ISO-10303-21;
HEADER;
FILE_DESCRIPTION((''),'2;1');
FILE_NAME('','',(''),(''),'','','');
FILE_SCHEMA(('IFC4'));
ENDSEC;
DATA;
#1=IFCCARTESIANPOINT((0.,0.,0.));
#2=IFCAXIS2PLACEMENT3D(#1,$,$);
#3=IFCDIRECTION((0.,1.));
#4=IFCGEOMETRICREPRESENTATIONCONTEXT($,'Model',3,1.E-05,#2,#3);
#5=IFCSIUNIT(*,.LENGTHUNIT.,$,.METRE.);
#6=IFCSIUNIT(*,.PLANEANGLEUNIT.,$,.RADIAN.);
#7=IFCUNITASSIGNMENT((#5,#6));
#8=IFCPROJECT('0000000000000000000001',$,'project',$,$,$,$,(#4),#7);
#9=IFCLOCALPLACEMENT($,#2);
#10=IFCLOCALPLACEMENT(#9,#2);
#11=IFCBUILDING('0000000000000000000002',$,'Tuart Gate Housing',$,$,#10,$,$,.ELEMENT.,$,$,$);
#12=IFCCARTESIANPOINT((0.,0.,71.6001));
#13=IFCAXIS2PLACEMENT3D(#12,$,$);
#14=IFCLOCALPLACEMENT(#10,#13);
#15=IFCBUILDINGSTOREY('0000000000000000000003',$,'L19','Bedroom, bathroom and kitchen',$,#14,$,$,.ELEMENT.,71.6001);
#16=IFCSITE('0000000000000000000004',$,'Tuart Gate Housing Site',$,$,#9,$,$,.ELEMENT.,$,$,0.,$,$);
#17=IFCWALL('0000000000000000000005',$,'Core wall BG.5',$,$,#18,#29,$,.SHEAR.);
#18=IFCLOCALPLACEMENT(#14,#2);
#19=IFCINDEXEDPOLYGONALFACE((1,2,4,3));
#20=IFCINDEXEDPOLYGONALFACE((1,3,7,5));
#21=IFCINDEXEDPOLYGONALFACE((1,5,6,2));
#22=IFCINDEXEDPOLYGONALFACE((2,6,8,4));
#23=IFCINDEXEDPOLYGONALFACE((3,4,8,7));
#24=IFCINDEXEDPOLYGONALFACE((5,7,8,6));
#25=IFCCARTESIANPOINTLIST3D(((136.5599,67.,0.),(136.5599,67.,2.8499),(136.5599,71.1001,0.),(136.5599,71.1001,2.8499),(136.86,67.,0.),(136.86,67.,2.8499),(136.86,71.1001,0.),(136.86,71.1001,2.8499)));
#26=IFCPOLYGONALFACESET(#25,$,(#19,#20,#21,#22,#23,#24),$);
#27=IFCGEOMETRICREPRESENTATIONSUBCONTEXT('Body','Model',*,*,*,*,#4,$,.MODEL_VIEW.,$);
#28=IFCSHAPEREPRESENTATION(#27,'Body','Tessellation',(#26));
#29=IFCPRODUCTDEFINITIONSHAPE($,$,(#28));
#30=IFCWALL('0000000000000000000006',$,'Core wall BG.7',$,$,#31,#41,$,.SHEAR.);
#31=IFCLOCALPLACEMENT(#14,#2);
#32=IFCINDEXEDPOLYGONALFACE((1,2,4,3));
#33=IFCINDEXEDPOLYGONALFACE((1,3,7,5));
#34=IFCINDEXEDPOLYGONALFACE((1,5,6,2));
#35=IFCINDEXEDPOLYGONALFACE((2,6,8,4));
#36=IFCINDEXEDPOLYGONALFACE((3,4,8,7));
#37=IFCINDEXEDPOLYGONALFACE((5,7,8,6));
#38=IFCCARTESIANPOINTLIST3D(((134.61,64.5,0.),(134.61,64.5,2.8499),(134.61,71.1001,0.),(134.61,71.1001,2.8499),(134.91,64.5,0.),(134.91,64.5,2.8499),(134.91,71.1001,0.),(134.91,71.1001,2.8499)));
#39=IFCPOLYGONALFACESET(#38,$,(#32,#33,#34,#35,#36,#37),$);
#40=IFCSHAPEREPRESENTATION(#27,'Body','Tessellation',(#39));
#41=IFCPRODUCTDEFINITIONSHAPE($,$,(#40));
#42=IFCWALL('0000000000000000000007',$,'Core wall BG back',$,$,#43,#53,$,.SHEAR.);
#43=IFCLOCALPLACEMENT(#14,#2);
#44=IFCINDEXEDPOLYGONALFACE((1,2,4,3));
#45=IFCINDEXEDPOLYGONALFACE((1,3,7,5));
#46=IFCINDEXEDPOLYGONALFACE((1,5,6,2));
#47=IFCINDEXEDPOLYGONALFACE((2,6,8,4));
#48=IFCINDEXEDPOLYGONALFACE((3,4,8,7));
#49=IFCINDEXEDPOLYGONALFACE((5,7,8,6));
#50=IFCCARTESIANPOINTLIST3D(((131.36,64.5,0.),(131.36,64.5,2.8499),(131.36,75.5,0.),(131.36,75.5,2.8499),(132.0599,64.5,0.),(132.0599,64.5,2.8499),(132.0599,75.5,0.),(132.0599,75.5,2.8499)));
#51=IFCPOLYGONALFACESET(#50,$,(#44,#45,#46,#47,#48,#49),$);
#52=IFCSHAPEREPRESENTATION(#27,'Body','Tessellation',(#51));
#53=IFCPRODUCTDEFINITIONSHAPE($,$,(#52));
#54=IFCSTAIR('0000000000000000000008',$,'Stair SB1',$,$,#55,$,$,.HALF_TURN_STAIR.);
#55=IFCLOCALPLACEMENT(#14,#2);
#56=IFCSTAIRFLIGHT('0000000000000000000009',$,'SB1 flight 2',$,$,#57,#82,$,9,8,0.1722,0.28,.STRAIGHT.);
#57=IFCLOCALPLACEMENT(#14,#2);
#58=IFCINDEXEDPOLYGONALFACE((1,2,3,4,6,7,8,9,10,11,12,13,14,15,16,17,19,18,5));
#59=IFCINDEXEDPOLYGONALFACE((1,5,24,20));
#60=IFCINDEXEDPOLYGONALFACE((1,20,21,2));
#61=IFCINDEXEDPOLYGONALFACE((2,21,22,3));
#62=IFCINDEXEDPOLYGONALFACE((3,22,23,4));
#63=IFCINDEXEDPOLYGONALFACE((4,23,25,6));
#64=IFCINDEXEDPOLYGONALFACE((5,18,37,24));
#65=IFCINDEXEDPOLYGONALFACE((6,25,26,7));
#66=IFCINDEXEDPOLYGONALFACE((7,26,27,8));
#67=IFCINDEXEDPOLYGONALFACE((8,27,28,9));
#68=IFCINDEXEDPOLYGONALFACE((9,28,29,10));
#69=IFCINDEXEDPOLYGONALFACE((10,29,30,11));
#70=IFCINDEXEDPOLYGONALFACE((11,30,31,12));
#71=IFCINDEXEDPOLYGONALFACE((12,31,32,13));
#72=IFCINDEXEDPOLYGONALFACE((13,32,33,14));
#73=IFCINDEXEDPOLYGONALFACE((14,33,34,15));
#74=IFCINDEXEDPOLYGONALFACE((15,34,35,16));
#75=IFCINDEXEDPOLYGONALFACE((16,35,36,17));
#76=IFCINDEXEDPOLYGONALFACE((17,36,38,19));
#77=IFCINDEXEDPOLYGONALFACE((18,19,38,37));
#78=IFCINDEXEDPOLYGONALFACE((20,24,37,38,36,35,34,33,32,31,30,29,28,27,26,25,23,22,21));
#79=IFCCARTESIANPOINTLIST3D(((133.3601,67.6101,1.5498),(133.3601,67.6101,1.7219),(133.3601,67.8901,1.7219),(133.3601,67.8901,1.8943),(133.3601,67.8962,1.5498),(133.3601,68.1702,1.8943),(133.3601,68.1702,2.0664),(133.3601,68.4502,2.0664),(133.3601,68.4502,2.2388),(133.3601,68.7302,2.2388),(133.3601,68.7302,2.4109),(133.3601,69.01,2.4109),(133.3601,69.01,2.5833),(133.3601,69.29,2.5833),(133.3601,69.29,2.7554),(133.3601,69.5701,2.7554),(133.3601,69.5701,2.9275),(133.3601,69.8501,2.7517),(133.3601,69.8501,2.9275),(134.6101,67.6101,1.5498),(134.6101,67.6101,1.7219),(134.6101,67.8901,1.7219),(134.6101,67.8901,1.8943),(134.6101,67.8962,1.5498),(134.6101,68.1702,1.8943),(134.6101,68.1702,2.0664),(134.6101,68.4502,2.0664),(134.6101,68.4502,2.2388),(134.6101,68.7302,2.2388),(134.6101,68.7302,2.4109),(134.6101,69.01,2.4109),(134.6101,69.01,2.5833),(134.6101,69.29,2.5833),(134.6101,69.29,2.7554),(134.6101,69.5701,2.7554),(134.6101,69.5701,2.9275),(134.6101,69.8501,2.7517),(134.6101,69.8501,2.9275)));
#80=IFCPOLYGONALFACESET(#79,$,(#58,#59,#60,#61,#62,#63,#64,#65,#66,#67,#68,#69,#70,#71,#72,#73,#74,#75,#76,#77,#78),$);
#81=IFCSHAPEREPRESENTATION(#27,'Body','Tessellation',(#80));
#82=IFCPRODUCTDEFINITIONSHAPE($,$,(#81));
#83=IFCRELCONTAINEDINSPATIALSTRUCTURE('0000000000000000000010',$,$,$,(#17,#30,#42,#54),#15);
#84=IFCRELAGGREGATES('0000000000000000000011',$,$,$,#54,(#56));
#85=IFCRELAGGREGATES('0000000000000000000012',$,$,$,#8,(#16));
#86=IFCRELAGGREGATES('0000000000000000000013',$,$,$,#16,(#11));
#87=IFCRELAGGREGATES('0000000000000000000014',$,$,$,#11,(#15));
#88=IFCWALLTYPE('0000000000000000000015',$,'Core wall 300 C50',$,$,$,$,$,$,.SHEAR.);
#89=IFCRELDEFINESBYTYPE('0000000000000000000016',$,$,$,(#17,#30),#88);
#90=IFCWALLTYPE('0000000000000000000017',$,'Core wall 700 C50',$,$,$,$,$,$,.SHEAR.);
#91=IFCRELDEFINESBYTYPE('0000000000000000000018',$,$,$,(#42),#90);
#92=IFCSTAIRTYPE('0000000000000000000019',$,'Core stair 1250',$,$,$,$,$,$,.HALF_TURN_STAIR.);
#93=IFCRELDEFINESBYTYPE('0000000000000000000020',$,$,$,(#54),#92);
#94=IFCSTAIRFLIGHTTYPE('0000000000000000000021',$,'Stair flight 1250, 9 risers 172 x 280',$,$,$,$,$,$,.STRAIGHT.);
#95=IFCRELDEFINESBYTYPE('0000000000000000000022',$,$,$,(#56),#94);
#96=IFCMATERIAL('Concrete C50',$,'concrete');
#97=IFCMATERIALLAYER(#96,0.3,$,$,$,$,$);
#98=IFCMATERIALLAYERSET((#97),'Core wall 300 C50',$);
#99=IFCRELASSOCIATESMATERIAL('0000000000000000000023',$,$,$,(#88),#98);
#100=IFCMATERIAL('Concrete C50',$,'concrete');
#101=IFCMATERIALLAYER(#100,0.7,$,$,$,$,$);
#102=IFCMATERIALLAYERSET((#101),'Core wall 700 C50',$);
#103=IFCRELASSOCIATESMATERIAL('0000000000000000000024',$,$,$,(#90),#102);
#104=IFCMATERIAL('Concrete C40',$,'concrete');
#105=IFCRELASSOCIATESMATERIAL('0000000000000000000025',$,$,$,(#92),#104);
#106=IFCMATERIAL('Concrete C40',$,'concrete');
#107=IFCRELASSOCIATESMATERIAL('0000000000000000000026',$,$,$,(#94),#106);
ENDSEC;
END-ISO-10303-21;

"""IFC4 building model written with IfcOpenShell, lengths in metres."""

from ifc_helpers import new_model, si_unit, direction, frame, frame_2d, origin, place, context, subcontext, project, spatial, polyline, rectangle, outline, extrude, material, layer, layer_set, type_object, element, aggregate, save


model = new_model("IFC4")

# Units and contexts
model_context = context("Model", 3, precision=1e-05, world=origin(), true_north=direction((0.0, 1.0)))
body_context = subcontext(model_context, "Body", "Model", "MODEL_VIEW")
ifc_project = project(units=[si_unit("LENGTHUNIT", "METRE"), si_unit("PLANEANGLEUNIT", "RADIAN")], contexts=[model_context])

# Site, building, storey
site_placement = place(None, origin())
site = spatial("IfcSite", under=ifc_project, at=site_placement, Name="Tuart Gate Housing Site", CompositionType="ELEMENT", RefElevation=0.0)
building_placement = place(site_placement, origin())
building = spatial("IfcBuilding", under=site, at=building_placement, Name="Tuart Gate Housing", CompositionType="ELEMENT")
storey_placement = place(building_placement, frame((0.0, 0.0, 71.6001)))
storey = spatial("IfcBuildingStorey", under=building, at=storey_placement, Name="L19", Description="Bedroom, bathroom and kitchen", CompositionType="ELEMENT", Elevation=71.6001)

# Walls
ifc_material_1 = material(Name="Concrete C50", Category="concrete")
ifc_layer_1 = layer(ifc_material_1, 0.3)
ifc_layer_set_1 = layer_set([ifc_layer_1], Name="Core wall 300 C50")
wall_type_1 = type_object("IfcWallType", Name="Core wall 300 C50", PredefinedType="SHEAR", material=ifc_layer_set_1)
wall_1_placement = place(storey_placement, frame((136.71, 67.0, 0.0), z_axis=(0.0, 0.0, 1.0), x_axis=(0.0, 1.0, 0.0)))
element("IfcWall", 1, at=wall_1_placement, inside=storey, type_object=wall_type_1, Name="Core wall BG.5", PredefinedType="SHEAR", context=body_context, shape_type="SweptSolid", body=[
    extrude(rectangle(XDim=4.1001, YDim=0.3, at=frame_2d((2.05, 0.0))), origin(), (0.0, 0.0, 1.0), 2.8499),
])
wall_2_placement = place(storey_placement, frame((134.76, 64.5, 0.0), z_axis=(0.0, 0.0, 1.0), x_axis=(0.0, 1.0, 0.0)))
element("IfcWall", 2, at=wall_2_placement, inside=storey, type_object=wall_type_1, Name="Core wall BG.7", PredefinedType="SHEAR", context=body_context, shape_type="SweptSolid", body=[
    extrude(rectangle(XDim=6.6001, YDim=0.3, at=frame_2d((3.3, 0.0))), origin(), (0.0, 0.0, 1.0), 2.8499),
])
ifc_material_2 = material(Name="Concrete C50", Category="concrete")
ifc_layer_2 = layer(ifc_material_2, 0.7)
ifc_layer_set_2 = layer_set([ifc_layer_2], Name="Core wall 700 C50")
wall_type_2 = type_object("IfcWallType", Name="Core wall 700 C50", PredefinedType="SHEAR", material=ifc_layer_set_2)
wall_3_placement = place(storey_placement, frame((131.71, 64.5, 0.0), z_axis=(0.0, 0.0, 1.0), x_axis=(0.0, 1.0, 0.0)))
element("IfcWall", 3, at=wall_3_placement, inside=storey, type_object=wall_type_2, Name="Core wall BG back", PredefinedType="SHEAR", context=body_context, shape_type="SweptSolid", body=[
    extrude(rectangle(XDim=11.0, YDim=0.7, at=frame_2d((5.5, 0.0))), origin(), (0.0, 0.0, 1.0), 2.8499),
])

# Stair, stair flight
ifc_material_3 = material(Name="Concrete C40", Category="concrete")
stair_type = type_object("IfcStairType", Name="Core stair 1250", PredefinedType="HALF_TURN_STAIR", material=ifc_material_3)
stair_placement = place(storey_placement, origin())
stair = element("IfcStair", 4, at=stair_placement, inside=storey, type_object=stair_type, Name="Stair SB1", PredefinedType="HALF_TURN_STAIR")
ifc_material_4 = material(Name="Concrete C40", Category="concrete")
stair_flight_type = type_object("IfcStairFlightType", Name="Stair flight 1250, 9 risers 172 x 280", PredefinedType="STRAIGHT", material=ifc_material_4)
stair_flight_placement = place(storey_placement, frame((133.9851, 67.6101, 1.5498), z_axis=(0.0, 0.0, 1.0), x_axis=(0.0, 1.0, 0.0)))
stair_flight = element("IfcStairFlight", 5, at=stair_flight_placement, type_object=stair_flight_type, Name="SB1 flight 2", NumberOfRisers=9, NumberOfTreads=8, PredefinedType="STRAIGHT", RiserHeight=0.1722, TreadLength=0.28, context=body_context, shape_type="SweptSolid", body=[
    extrude(outline(polyline([(0.0, 0.0), (0.0, 0.1721), (0.28, 0.1721), (0.28, 0.3445), (0.5601, 0.3445), (0.5601, 0.5166), (0.8401, 0.5166), (0.8401, 0.689), (1.1201, 0.689), (1.1201, 0.8611), (1.3999, 0.8611), (1.3999, 1.0334), (1.6799, 1.0334), (1.6799, 1.2056), (1.96, 1.2056), (1.96, 1.3777), (2.24, 1.3777), (2.24, 1.55), (2.24, 1.2019), (0.2861, 0.0), (0.0, 0.0)])), frame((0.0, 0.625, 0.0), z_axis=(0.0, -1.0, 0.0), x_axis=(1.0, 0.0, 0.0)), (0.0, 0.0, 1.0), 1.25),
])
aggregate(stair, [stair_flight])

save(model, "model.ifc")
